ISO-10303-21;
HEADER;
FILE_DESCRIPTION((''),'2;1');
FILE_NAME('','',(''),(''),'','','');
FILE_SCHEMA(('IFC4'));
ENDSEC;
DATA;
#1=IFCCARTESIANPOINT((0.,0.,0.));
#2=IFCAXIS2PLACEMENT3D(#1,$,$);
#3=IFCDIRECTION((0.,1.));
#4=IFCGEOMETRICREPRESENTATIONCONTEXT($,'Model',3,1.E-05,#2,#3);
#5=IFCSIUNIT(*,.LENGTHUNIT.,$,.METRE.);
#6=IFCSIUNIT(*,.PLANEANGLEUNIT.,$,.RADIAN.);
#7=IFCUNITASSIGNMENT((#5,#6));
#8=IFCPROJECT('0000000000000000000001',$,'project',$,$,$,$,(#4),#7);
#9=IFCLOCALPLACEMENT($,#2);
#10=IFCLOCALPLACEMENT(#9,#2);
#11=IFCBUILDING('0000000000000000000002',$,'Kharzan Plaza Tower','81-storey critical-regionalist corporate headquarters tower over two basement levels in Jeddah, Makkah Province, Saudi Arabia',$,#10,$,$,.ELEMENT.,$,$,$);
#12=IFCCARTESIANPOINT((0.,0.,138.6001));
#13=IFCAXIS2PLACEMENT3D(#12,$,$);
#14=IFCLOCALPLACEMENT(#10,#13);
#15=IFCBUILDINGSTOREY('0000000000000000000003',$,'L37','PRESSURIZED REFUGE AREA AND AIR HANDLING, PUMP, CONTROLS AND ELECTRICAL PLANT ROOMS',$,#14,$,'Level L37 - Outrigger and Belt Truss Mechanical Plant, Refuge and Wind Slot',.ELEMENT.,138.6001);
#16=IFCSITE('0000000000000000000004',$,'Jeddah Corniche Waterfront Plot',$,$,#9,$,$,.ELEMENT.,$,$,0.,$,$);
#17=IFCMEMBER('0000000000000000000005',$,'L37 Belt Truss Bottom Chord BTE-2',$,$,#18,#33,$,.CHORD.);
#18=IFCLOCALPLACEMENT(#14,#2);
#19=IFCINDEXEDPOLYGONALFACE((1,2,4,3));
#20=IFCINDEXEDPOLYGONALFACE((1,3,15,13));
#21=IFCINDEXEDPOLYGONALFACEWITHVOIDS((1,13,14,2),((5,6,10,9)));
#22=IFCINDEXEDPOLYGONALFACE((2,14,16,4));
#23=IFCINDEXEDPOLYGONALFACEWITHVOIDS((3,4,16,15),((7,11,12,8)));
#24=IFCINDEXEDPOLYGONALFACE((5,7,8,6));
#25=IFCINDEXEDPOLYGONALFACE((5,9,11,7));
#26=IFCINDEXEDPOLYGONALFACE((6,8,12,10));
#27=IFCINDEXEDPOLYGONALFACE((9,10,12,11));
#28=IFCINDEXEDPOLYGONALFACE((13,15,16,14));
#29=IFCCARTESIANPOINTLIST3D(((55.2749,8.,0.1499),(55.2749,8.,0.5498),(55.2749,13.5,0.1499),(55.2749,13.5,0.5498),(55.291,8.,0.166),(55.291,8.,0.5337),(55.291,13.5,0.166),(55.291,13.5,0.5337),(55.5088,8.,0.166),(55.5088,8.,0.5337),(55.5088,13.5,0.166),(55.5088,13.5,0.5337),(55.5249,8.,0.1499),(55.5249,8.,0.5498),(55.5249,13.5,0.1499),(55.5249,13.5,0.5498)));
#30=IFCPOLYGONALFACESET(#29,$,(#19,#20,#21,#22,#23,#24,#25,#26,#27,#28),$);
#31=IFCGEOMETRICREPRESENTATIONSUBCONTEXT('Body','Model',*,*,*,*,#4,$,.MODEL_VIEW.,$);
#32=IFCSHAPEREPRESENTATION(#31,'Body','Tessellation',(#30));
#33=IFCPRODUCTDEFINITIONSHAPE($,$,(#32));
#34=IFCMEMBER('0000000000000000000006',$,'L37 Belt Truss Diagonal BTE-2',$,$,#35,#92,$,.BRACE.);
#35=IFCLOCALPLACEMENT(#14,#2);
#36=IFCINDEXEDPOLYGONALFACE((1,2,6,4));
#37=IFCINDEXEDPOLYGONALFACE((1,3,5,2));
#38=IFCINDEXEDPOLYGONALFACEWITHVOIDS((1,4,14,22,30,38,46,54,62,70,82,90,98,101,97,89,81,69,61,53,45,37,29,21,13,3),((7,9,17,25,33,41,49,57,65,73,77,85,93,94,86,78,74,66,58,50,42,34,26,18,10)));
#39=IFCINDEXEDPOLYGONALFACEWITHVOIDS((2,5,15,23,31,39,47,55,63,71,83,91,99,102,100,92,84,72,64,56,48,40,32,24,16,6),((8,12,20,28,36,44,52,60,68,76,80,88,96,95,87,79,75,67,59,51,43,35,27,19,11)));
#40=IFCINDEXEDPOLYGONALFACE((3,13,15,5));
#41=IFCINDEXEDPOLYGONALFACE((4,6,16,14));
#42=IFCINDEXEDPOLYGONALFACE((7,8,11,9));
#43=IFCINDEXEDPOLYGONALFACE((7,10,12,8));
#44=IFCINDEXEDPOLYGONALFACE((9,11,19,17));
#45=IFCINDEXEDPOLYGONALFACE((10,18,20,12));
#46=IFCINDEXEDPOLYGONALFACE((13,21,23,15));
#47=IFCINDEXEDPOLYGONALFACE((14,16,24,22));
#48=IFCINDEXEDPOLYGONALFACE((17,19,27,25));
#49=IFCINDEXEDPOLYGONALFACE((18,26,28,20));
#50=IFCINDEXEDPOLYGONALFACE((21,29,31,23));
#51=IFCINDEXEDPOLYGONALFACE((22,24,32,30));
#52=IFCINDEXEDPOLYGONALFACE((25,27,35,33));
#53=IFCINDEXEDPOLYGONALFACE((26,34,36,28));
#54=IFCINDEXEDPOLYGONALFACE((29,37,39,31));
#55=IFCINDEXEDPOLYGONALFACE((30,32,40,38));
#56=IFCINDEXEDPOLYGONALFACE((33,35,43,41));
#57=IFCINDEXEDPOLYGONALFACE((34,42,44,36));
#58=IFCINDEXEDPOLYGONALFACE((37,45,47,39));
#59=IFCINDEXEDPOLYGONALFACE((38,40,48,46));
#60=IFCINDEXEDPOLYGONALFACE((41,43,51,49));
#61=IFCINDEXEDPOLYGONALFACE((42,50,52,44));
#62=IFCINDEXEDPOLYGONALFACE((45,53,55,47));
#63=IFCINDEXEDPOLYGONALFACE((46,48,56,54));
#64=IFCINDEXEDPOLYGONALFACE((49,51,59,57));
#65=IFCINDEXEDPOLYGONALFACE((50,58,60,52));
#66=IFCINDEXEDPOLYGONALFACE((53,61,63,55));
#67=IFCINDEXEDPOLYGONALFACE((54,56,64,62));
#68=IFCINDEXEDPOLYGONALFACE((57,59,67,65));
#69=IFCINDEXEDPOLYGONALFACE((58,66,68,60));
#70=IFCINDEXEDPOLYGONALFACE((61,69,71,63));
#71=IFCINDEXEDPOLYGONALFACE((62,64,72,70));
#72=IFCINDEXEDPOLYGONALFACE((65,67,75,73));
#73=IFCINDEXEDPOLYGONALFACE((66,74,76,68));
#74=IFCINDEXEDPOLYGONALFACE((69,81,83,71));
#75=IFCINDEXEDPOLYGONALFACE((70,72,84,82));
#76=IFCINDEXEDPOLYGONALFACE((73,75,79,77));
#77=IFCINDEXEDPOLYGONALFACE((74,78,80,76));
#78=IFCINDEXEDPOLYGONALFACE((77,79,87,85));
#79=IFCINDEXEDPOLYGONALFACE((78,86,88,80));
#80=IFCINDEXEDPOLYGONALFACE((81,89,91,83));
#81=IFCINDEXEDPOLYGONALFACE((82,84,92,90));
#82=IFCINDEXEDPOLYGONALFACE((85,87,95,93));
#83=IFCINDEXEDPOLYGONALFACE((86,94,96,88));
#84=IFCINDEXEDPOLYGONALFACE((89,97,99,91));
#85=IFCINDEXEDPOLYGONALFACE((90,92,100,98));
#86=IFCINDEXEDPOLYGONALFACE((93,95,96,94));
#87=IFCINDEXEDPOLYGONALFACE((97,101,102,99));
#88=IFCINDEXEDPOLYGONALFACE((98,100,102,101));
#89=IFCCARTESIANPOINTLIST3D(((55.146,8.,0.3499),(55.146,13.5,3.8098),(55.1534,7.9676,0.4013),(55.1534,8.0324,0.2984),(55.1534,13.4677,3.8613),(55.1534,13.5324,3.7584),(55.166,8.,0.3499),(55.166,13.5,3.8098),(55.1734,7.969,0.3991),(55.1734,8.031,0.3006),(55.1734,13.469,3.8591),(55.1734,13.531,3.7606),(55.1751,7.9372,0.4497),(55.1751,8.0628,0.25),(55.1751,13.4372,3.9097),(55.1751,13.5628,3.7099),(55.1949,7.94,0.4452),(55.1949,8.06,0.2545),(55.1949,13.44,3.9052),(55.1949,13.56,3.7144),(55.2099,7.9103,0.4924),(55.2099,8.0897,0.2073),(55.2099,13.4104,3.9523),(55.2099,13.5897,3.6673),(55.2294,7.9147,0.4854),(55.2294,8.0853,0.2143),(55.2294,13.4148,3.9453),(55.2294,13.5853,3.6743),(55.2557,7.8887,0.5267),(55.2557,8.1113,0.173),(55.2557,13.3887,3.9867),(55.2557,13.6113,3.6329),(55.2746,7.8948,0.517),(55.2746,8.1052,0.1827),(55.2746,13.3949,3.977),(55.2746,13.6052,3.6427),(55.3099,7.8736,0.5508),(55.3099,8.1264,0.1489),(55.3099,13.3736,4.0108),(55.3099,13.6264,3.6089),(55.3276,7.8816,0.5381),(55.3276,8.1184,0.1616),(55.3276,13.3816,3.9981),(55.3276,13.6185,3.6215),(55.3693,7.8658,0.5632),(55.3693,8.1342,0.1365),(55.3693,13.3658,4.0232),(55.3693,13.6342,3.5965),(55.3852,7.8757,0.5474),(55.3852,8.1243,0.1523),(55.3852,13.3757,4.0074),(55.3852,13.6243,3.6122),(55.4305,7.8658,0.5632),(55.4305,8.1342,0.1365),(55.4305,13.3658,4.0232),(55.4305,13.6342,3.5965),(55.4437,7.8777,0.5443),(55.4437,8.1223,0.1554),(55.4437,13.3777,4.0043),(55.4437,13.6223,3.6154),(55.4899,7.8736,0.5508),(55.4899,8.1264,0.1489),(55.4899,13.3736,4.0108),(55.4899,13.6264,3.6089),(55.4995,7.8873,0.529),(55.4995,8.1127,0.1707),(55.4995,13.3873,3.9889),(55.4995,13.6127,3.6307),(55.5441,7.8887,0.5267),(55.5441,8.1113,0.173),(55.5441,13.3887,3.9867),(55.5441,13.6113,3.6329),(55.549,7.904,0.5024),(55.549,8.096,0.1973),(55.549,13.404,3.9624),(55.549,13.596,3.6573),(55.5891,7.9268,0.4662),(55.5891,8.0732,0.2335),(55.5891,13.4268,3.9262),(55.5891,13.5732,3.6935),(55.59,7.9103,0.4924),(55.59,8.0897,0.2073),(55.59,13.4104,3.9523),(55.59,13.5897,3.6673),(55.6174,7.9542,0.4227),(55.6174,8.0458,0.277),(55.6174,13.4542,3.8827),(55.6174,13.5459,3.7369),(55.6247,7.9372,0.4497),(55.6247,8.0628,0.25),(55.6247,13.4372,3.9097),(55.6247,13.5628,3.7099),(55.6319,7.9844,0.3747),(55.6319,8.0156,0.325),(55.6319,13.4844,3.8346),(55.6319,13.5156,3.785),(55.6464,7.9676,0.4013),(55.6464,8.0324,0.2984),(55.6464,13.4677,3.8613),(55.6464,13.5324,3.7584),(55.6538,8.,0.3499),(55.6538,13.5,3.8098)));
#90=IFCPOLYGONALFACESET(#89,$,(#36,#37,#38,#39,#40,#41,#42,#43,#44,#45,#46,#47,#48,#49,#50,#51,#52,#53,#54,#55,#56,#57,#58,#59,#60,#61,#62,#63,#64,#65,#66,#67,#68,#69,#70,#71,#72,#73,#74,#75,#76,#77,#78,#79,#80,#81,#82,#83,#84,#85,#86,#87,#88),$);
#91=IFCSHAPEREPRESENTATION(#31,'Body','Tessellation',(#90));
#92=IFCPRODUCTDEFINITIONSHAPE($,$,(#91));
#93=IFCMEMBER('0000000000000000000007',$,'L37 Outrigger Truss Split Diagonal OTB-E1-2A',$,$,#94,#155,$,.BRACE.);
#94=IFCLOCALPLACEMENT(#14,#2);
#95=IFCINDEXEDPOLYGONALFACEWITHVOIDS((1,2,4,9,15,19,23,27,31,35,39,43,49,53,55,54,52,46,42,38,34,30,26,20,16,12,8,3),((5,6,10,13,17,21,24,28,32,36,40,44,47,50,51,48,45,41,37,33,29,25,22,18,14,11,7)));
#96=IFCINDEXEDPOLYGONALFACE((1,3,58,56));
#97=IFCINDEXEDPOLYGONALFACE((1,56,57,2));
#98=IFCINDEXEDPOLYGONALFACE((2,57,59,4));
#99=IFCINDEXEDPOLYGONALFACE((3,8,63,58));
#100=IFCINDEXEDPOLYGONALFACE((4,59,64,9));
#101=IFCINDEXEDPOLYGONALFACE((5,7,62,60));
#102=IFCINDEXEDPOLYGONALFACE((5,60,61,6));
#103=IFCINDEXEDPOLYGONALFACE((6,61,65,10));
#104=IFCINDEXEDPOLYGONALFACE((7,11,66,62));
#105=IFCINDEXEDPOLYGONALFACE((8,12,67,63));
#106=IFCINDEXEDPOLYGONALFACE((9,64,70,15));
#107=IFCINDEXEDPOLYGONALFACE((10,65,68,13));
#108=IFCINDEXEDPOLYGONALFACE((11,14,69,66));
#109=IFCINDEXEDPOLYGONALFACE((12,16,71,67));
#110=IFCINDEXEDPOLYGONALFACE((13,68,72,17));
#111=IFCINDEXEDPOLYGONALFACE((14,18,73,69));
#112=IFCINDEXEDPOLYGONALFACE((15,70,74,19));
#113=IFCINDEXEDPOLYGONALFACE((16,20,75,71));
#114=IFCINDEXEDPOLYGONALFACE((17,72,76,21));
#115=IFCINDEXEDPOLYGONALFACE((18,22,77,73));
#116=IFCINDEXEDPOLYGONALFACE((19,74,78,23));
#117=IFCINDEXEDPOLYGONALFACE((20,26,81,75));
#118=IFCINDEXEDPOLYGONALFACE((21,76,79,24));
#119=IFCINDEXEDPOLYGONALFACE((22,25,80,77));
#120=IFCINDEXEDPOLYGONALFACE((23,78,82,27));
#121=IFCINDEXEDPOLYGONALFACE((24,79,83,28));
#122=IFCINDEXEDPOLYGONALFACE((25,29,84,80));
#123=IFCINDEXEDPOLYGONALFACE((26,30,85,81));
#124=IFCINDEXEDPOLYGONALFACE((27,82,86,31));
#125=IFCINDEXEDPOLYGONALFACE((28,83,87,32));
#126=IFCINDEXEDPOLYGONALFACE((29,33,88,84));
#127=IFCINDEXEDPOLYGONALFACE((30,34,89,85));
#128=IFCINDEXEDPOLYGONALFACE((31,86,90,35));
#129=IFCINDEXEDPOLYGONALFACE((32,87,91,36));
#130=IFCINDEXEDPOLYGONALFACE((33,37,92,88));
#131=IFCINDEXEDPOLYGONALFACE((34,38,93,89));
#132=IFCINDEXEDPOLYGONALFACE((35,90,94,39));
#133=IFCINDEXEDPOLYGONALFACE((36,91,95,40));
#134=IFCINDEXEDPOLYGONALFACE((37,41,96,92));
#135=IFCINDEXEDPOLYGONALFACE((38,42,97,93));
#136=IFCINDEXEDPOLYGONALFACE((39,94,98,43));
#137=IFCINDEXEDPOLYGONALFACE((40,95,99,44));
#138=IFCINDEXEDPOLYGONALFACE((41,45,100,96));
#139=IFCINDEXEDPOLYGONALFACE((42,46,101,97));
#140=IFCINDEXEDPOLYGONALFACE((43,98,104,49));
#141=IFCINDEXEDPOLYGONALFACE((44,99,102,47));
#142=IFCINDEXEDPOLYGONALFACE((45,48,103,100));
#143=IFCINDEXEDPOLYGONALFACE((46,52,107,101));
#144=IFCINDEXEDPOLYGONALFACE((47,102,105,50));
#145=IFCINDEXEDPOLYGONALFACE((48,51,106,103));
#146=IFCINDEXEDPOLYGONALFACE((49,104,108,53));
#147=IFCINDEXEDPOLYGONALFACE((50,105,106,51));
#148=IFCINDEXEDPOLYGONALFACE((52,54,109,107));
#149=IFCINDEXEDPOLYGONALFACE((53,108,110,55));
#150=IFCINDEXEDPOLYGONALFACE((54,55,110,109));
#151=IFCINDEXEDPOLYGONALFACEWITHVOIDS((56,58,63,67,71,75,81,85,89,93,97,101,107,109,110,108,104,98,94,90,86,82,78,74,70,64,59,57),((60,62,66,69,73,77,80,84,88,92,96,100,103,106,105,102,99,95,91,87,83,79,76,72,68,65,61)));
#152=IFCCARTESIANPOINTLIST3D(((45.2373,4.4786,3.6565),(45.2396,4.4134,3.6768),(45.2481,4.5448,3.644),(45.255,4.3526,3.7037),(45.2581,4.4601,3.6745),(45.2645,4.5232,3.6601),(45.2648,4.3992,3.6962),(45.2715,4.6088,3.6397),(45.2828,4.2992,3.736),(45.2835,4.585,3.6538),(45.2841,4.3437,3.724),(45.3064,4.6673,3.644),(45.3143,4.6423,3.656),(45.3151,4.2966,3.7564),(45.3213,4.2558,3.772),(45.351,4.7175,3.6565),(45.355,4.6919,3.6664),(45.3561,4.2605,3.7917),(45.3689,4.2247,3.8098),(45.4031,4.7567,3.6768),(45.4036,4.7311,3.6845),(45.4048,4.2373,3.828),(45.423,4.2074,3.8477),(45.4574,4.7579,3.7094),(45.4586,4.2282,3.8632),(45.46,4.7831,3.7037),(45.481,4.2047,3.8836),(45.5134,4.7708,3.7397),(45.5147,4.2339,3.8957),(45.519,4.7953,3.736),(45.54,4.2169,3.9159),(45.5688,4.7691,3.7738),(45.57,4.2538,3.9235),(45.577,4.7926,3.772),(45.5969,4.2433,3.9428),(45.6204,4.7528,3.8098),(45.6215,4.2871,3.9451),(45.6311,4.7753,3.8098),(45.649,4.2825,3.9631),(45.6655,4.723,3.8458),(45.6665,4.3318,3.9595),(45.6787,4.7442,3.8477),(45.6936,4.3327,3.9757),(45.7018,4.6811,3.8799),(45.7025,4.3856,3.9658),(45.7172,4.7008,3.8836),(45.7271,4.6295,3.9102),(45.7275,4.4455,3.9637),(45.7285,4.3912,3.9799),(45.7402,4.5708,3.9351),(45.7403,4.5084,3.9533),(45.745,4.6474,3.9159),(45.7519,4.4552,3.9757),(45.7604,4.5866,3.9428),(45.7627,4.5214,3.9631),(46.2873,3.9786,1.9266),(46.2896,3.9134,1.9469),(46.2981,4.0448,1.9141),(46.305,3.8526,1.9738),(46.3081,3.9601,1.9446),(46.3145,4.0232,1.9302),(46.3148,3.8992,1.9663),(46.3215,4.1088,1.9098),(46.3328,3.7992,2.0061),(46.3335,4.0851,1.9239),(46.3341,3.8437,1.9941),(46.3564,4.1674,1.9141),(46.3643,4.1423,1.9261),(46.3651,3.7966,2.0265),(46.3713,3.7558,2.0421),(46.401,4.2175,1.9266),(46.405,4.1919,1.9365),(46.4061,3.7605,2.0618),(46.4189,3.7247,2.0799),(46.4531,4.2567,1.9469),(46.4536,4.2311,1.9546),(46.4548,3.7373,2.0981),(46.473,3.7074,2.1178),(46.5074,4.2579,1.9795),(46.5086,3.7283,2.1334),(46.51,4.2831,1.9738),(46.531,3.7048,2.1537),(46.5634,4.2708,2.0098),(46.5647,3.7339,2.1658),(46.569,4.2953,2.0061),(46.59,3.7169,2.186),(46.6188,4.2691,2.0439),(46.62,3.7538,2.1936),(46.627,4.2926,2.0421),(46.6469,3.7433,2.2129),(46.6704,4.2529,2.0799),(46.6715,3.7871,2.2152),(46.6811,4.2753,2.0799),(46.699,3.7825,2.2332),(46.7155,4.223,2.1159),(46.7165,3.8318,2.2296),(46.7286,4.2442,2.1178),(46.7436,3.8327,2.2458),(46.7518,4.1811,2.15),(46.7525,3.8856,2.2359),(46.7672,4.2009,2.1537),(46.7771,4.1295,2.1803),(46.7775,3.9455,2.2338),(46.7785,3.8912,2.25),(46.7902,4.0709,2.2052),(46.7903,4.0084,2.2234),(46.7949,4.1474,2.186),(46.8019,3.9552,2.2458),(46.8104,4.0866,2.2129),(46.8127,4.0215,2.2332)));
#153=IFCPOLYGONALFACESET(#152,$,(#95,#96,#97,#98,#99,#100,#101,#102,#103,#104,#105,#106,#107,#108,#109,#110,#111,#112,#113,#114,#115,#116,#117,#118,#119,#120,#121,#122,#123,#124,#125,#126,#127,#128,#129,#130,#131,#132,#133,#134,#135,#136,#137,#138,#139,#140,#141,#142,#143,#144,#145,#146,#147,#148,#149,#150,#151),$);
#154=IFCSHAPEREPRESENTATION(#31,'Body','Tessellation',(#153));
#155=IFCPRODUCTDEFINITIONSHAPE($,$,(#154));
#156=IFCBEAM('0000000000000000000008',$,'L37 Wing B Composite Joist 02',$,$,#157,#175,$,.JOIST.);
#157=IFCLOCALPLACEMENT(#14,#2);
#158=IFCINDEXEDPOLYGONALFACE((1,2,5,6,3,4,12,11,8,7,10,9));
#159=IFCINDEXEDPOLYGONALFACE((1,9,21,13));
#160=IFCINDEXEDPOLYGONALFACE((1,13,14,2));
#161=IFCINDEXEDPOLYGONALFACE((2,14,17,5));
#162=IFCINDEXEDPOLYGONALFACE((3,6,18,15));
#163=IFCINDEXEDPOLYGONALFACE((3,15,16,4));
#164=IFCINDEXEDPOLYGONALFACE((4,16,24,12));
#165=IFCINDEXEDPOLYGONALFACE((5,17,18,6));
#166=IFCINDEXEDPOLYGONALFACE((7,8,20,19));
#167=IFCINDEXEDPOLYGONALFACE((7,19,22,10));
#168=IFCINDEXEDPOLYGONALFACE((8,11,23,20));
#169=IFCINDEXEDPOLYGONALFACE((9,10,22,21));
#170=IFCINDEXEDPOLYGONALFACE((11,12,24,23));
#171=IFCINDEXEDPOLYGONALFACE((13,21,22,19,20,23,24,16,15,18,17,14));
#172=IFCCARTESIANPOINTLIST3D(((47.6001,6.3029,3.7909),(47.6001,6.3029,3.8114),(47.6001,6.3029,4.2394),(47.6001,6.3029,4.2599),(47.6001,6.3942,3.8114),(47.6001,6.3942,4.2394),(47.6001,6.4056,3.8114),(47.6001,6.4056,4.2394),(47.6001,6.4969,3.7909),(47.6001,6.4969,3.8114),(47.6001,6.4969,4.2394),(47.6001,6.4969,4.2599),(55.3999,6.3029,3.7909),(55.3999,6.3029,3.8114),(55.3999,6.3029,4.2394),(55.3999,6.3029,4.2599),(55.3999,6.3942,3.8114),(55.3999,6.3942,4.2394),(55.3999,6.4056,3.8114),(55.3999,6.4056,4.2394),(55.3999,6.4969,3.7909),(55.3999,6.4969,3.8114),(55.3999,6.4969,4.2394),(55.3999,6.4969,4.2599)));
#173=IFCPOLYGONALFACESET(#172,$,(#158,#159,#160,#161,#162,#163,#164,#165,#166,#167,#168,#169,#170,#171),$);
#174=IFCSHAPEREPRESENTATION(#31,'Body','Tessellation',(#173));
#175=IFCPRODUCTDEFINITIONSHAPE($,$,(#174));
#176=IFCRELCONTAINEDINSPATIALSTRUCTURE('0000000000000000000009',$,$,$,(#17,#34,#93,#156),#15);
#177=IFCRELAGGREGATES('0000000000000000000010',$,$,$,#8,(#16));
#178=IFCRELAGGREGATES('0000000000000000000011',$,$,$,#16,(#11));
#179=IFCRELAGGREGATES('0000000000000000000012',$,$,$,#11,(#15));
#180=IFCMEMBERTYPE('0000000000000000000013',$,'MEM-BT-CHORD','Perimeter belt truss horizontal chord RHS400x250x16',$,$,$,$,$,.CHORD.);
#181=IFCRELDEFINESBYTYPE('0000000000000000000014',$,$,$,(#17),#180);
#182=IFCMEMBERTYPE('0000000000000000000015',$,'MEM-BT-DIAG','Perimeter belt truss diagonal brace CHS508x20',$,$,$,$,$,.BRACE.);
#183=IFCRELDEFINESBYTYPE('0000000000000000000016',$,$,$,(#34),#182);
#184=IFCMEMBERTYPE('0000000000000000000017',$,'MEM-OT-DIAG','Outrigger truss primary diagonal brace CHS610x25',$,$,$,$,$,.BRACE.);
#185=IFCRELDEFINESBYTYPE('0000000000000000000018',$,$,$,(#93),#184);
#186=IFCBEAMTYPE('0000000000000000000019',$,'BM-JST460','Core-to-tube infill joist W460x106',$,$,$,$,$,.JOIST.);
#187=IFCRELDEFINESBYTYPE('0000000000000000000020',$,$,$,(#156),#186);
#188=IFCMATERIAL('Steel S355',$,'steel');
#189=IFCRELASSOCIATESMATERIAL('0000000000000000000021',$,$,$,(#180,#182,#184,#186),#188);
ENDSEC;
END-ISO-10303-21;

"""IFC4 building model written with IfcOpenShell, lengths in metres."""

from ifc_helpers import new_model, si_unit, direction, frame, origin, origin_2d, place, context, subcontext, project, spatial, hollow_rectangle, hollow_circle, i_section, extrude, source, transform, mapped, material, material_profile, profile_set, type_object, element, save


model = new_model("IFC4")

# Units and contexts
model_context = context("Model", 3, precision=1e-05, world=origin(), true_north=direction((0.0, 1.0)))
body_context = subcontext(model_context, "Body", "Model", "MODEL_VIEW")
ifc_project = project(units=[si_unit("LENGTHUNIT", "METRE"), si_unit("PLANEANGLEUNIT", "RADIAN")], contexts=[model_context])

# Site, building, storey
site_placement = place(None, origin())
site = spatial("IfcSite", under=ifc_project, at=site_placement, Name="Jeddah Corniche Waterfront Plot", CompositionType="ELEMENT", RefElevation=0.0)
building_placement = place(site_placement, origin())
building = spatial("IfcBuilding", under=site, at=building_placement, Name="Kharzan Plaza Tower", Description="81-storey critical-regionalist corporate headquarters tower over two basement levels in Jeddah, Makkah Province, Saudi Arabia", CompositionType="ELEMENT")
storey_placement = place(building_placement, frame((0.0, 0.0, 138.6001)))
storey = spatial("IfcBuildingStorey", under=building, at=storey_placement, Name="L37", Description="PRESSURIZED REFUGE AREA AND AIR HANDLING, PUMP, CONTROLS AND ELECTRICAL PLANT ROOMS", LongName="Level L37 - Outrigger and Belt Truss Mechanical Plant, Refuge and Wind Slot", CompositionType="ELEMENT", Elevation=138.6001)

# Shared definitions
ifc_material_1 = material(Name="Steel S355", Category="steel")

# Members
ifc_material_profile_1 = material_profile(ifc_material_1, hollow_rectangle(XDim=0.25, YDim=0.3999, WallThickness=0.0161, at=origin_2d()), Name="RHS400x250x16")
ifc_profile_set_1 = profile_set([ifc_material_profile_1], Name="Steel S355")
member_type_1 = type_object("IfcMemberType", Name="MEM-BT-CHORD", Description="Perimeter belt truss horizontal chord RHS400x250x16", PredefinedType="CHORD", material=ifc_profile_set_1)
shared_shape_1 = source(origin(), body_context, "Body", "SweptSolid", [
    extrude(hollow_rectangle(XDim=0.25, YDim=0.3999, WallThickness=0.0161, at=origin_2d()), origin(), (0.0, 0.0, 1.0), 5.5),
])
member_1_placement = place(storey_placement, frame((55.3999, 8.0, 0.3499), z_axis=(0.0, 1.0, 0.0), x_axis=(-1.0, 0.0, 0.0)))
element("IfcMember", 1, at=member_1_placement, inside=storey, type_object=member_type_1, Name="L37 Belt Truss Bottom Chord BTE-2", PredefinedType="CHORD", context=body_context, shape_type="MappedRepresentation", body=[
    mapped(shared_shape_1, transform((0.0, 0.0, 0.0), x_axis=(1.0, 0.0, 0.0), y_axis=(0.0, 1.0, 0.0), z_axis=(0.0, 0.0, 1.0))),
])
ifc_material_profile_2 = material_profile(ifc_material_1, hollow_circle(Radius=0.2539, WallThickness=0.02, at=origin_2d()), Name="CHS508x20")
ifc_profile_set_2 = profile_set([ifc_material_profile_2], Name="Steel S355")
member_type_2 = type_object("IfcMemberType", Name="MEM-BT-DIAG", Description="Perimeter belt truss diagonal brace CHS508x20", PredefinedType="BRACE", material=ifc_profile_set_2)
shared_shape_2 = source(origin(), body_context, "Body", "SweptSolid", [
    extrude(hollow_circle(Radius=0.2539, WallThickness=0.02, at=origin_2d()), origin(), (0.0, 0.0, 1.0), 6.4978),
])
member_2_placement = place(storey_placement, frame((55.3999, 8.0, 0.3499), z_axis=(0.0, 0.846441, 0.532482), x_axis=(-1.0, 0.0, 0.0)))
element("IfcMember", 2, at=member_2_placement, inside=storey, type_object=member_type_2, Name="L37 Belt Truss Diagonal BTE-2", PredefinedType="BRACE", context=body_context, shape_type="MappedRepresentation", body=[
    mapped(shared_shape_2, transform((0.0, 0.0, 0.0), x_axis=(1.0, 0.0, 0.0), y_axis=(0.0, 1.0, 0.0), z_axis=(0.0, 0.0, 1.0))),
])
ifc_material_profile_3 = material_profile(ifc_material_1, hollow_circle(Radius=0.3049, WallThickness=0.0249, at=origin_2d()), Name="CHS610x25")
ifc_profile_set_3 = profile_set([ifc_material_profile_3], Name="Steel S355")
member_type_3 = type_object("IfcMemberType", Name="MEM-OT-DIAG", Description="Outrigger truss primary diagonal brace CHS610x25", PredefinedType="BRACE", material=ifc_profile_set_3)
shared_shape_3 = source(origin(), body_context, "Body", "SweptSolid", [
    extrude(hollow_circle(Radius=0.3049, WallThickness=0.0249, at=origin_2d()), origin(), (0.0, 0.0, 1.0), 2.0845),
])
member_3_placement = place(storey_placement, frame((45.5, 4.5, 3.8098), z_axis=(0.503724, -0.239858, -0.829898), x_axis=(0.429917, 0.902868, 0.0)))
element("IfcMember", 3, at=member_3_placement, inside=storey, type_object=member_type_3, Name="L37 Outrigger Truss Split Diagonal OTB-E1-2A", PredefinedType="BRACE", context=body_context, shape_type="MappedRepresentation", body=[
    mapped(shared_shape_3, transform((0.0, 0.0, 0.0), x_axis=(1.0, 0.0, 0.0), y_axis=(0.0, 1.0, 0.0), z_axis=(0.0, 0.0, 1.0))),
])

# Beam
ifc_material_profile_4 = material_profile(ifc_material_1, i_section(OverallWidth=0.1941, OverallDepth=0.469, WebThickness=0.0115, FlangeThickness=0.0205, at=origin_2d()), Name="W460x106")
ifc_profile_set_4 = profile_set([ifc_material_profile_4], Name="Steel S355")
beam_type_1 = type_object("IfcBeamType", Name="BM-JST460", Description="Core-to-tube infill joist W460x106", PredefinedType="JOIST", material=ifc_profile_set_4)
shared_shape_4 = source(origin(), body_context, "Body", "SweptSolid", [
    extrude(i_section(OverallWidth=0.1941, OverallDepth=0.469, WebThickness=0.0115, FlangeThickness=0.0205, at=origin_2d()), origin(), (0.0, 0.0, 1.0), 7.7998),
])
for number, where, z_axis, x_axis, name in (
    (4, (47.6001, 6.3999, 4.0254), (1.0, 0.0, 0.0), (0.0, 1.0, 0.0), "L37 Wing B Composite Joist 02"),
):
    element("IfcBeam", number, at=place(storey_placement, frame(where, z_axis=z_axis, x_axis=x_axis)), inside=storey, type_object=beam_type_1, Name=name, PredefinedType="JOIST", context=body_context, shape_type="MappedRepresentation", body=[
        mapped(shared_shape_4, transform((0.0, 0.0, 0.0), x_axis=(1.0, 0.0, 0.0), y_axis=(0.0, 1.0, 0.0), z_axis=(0.0, 0.0, 1.0))),
    ])

save(model, "model.ifc")
